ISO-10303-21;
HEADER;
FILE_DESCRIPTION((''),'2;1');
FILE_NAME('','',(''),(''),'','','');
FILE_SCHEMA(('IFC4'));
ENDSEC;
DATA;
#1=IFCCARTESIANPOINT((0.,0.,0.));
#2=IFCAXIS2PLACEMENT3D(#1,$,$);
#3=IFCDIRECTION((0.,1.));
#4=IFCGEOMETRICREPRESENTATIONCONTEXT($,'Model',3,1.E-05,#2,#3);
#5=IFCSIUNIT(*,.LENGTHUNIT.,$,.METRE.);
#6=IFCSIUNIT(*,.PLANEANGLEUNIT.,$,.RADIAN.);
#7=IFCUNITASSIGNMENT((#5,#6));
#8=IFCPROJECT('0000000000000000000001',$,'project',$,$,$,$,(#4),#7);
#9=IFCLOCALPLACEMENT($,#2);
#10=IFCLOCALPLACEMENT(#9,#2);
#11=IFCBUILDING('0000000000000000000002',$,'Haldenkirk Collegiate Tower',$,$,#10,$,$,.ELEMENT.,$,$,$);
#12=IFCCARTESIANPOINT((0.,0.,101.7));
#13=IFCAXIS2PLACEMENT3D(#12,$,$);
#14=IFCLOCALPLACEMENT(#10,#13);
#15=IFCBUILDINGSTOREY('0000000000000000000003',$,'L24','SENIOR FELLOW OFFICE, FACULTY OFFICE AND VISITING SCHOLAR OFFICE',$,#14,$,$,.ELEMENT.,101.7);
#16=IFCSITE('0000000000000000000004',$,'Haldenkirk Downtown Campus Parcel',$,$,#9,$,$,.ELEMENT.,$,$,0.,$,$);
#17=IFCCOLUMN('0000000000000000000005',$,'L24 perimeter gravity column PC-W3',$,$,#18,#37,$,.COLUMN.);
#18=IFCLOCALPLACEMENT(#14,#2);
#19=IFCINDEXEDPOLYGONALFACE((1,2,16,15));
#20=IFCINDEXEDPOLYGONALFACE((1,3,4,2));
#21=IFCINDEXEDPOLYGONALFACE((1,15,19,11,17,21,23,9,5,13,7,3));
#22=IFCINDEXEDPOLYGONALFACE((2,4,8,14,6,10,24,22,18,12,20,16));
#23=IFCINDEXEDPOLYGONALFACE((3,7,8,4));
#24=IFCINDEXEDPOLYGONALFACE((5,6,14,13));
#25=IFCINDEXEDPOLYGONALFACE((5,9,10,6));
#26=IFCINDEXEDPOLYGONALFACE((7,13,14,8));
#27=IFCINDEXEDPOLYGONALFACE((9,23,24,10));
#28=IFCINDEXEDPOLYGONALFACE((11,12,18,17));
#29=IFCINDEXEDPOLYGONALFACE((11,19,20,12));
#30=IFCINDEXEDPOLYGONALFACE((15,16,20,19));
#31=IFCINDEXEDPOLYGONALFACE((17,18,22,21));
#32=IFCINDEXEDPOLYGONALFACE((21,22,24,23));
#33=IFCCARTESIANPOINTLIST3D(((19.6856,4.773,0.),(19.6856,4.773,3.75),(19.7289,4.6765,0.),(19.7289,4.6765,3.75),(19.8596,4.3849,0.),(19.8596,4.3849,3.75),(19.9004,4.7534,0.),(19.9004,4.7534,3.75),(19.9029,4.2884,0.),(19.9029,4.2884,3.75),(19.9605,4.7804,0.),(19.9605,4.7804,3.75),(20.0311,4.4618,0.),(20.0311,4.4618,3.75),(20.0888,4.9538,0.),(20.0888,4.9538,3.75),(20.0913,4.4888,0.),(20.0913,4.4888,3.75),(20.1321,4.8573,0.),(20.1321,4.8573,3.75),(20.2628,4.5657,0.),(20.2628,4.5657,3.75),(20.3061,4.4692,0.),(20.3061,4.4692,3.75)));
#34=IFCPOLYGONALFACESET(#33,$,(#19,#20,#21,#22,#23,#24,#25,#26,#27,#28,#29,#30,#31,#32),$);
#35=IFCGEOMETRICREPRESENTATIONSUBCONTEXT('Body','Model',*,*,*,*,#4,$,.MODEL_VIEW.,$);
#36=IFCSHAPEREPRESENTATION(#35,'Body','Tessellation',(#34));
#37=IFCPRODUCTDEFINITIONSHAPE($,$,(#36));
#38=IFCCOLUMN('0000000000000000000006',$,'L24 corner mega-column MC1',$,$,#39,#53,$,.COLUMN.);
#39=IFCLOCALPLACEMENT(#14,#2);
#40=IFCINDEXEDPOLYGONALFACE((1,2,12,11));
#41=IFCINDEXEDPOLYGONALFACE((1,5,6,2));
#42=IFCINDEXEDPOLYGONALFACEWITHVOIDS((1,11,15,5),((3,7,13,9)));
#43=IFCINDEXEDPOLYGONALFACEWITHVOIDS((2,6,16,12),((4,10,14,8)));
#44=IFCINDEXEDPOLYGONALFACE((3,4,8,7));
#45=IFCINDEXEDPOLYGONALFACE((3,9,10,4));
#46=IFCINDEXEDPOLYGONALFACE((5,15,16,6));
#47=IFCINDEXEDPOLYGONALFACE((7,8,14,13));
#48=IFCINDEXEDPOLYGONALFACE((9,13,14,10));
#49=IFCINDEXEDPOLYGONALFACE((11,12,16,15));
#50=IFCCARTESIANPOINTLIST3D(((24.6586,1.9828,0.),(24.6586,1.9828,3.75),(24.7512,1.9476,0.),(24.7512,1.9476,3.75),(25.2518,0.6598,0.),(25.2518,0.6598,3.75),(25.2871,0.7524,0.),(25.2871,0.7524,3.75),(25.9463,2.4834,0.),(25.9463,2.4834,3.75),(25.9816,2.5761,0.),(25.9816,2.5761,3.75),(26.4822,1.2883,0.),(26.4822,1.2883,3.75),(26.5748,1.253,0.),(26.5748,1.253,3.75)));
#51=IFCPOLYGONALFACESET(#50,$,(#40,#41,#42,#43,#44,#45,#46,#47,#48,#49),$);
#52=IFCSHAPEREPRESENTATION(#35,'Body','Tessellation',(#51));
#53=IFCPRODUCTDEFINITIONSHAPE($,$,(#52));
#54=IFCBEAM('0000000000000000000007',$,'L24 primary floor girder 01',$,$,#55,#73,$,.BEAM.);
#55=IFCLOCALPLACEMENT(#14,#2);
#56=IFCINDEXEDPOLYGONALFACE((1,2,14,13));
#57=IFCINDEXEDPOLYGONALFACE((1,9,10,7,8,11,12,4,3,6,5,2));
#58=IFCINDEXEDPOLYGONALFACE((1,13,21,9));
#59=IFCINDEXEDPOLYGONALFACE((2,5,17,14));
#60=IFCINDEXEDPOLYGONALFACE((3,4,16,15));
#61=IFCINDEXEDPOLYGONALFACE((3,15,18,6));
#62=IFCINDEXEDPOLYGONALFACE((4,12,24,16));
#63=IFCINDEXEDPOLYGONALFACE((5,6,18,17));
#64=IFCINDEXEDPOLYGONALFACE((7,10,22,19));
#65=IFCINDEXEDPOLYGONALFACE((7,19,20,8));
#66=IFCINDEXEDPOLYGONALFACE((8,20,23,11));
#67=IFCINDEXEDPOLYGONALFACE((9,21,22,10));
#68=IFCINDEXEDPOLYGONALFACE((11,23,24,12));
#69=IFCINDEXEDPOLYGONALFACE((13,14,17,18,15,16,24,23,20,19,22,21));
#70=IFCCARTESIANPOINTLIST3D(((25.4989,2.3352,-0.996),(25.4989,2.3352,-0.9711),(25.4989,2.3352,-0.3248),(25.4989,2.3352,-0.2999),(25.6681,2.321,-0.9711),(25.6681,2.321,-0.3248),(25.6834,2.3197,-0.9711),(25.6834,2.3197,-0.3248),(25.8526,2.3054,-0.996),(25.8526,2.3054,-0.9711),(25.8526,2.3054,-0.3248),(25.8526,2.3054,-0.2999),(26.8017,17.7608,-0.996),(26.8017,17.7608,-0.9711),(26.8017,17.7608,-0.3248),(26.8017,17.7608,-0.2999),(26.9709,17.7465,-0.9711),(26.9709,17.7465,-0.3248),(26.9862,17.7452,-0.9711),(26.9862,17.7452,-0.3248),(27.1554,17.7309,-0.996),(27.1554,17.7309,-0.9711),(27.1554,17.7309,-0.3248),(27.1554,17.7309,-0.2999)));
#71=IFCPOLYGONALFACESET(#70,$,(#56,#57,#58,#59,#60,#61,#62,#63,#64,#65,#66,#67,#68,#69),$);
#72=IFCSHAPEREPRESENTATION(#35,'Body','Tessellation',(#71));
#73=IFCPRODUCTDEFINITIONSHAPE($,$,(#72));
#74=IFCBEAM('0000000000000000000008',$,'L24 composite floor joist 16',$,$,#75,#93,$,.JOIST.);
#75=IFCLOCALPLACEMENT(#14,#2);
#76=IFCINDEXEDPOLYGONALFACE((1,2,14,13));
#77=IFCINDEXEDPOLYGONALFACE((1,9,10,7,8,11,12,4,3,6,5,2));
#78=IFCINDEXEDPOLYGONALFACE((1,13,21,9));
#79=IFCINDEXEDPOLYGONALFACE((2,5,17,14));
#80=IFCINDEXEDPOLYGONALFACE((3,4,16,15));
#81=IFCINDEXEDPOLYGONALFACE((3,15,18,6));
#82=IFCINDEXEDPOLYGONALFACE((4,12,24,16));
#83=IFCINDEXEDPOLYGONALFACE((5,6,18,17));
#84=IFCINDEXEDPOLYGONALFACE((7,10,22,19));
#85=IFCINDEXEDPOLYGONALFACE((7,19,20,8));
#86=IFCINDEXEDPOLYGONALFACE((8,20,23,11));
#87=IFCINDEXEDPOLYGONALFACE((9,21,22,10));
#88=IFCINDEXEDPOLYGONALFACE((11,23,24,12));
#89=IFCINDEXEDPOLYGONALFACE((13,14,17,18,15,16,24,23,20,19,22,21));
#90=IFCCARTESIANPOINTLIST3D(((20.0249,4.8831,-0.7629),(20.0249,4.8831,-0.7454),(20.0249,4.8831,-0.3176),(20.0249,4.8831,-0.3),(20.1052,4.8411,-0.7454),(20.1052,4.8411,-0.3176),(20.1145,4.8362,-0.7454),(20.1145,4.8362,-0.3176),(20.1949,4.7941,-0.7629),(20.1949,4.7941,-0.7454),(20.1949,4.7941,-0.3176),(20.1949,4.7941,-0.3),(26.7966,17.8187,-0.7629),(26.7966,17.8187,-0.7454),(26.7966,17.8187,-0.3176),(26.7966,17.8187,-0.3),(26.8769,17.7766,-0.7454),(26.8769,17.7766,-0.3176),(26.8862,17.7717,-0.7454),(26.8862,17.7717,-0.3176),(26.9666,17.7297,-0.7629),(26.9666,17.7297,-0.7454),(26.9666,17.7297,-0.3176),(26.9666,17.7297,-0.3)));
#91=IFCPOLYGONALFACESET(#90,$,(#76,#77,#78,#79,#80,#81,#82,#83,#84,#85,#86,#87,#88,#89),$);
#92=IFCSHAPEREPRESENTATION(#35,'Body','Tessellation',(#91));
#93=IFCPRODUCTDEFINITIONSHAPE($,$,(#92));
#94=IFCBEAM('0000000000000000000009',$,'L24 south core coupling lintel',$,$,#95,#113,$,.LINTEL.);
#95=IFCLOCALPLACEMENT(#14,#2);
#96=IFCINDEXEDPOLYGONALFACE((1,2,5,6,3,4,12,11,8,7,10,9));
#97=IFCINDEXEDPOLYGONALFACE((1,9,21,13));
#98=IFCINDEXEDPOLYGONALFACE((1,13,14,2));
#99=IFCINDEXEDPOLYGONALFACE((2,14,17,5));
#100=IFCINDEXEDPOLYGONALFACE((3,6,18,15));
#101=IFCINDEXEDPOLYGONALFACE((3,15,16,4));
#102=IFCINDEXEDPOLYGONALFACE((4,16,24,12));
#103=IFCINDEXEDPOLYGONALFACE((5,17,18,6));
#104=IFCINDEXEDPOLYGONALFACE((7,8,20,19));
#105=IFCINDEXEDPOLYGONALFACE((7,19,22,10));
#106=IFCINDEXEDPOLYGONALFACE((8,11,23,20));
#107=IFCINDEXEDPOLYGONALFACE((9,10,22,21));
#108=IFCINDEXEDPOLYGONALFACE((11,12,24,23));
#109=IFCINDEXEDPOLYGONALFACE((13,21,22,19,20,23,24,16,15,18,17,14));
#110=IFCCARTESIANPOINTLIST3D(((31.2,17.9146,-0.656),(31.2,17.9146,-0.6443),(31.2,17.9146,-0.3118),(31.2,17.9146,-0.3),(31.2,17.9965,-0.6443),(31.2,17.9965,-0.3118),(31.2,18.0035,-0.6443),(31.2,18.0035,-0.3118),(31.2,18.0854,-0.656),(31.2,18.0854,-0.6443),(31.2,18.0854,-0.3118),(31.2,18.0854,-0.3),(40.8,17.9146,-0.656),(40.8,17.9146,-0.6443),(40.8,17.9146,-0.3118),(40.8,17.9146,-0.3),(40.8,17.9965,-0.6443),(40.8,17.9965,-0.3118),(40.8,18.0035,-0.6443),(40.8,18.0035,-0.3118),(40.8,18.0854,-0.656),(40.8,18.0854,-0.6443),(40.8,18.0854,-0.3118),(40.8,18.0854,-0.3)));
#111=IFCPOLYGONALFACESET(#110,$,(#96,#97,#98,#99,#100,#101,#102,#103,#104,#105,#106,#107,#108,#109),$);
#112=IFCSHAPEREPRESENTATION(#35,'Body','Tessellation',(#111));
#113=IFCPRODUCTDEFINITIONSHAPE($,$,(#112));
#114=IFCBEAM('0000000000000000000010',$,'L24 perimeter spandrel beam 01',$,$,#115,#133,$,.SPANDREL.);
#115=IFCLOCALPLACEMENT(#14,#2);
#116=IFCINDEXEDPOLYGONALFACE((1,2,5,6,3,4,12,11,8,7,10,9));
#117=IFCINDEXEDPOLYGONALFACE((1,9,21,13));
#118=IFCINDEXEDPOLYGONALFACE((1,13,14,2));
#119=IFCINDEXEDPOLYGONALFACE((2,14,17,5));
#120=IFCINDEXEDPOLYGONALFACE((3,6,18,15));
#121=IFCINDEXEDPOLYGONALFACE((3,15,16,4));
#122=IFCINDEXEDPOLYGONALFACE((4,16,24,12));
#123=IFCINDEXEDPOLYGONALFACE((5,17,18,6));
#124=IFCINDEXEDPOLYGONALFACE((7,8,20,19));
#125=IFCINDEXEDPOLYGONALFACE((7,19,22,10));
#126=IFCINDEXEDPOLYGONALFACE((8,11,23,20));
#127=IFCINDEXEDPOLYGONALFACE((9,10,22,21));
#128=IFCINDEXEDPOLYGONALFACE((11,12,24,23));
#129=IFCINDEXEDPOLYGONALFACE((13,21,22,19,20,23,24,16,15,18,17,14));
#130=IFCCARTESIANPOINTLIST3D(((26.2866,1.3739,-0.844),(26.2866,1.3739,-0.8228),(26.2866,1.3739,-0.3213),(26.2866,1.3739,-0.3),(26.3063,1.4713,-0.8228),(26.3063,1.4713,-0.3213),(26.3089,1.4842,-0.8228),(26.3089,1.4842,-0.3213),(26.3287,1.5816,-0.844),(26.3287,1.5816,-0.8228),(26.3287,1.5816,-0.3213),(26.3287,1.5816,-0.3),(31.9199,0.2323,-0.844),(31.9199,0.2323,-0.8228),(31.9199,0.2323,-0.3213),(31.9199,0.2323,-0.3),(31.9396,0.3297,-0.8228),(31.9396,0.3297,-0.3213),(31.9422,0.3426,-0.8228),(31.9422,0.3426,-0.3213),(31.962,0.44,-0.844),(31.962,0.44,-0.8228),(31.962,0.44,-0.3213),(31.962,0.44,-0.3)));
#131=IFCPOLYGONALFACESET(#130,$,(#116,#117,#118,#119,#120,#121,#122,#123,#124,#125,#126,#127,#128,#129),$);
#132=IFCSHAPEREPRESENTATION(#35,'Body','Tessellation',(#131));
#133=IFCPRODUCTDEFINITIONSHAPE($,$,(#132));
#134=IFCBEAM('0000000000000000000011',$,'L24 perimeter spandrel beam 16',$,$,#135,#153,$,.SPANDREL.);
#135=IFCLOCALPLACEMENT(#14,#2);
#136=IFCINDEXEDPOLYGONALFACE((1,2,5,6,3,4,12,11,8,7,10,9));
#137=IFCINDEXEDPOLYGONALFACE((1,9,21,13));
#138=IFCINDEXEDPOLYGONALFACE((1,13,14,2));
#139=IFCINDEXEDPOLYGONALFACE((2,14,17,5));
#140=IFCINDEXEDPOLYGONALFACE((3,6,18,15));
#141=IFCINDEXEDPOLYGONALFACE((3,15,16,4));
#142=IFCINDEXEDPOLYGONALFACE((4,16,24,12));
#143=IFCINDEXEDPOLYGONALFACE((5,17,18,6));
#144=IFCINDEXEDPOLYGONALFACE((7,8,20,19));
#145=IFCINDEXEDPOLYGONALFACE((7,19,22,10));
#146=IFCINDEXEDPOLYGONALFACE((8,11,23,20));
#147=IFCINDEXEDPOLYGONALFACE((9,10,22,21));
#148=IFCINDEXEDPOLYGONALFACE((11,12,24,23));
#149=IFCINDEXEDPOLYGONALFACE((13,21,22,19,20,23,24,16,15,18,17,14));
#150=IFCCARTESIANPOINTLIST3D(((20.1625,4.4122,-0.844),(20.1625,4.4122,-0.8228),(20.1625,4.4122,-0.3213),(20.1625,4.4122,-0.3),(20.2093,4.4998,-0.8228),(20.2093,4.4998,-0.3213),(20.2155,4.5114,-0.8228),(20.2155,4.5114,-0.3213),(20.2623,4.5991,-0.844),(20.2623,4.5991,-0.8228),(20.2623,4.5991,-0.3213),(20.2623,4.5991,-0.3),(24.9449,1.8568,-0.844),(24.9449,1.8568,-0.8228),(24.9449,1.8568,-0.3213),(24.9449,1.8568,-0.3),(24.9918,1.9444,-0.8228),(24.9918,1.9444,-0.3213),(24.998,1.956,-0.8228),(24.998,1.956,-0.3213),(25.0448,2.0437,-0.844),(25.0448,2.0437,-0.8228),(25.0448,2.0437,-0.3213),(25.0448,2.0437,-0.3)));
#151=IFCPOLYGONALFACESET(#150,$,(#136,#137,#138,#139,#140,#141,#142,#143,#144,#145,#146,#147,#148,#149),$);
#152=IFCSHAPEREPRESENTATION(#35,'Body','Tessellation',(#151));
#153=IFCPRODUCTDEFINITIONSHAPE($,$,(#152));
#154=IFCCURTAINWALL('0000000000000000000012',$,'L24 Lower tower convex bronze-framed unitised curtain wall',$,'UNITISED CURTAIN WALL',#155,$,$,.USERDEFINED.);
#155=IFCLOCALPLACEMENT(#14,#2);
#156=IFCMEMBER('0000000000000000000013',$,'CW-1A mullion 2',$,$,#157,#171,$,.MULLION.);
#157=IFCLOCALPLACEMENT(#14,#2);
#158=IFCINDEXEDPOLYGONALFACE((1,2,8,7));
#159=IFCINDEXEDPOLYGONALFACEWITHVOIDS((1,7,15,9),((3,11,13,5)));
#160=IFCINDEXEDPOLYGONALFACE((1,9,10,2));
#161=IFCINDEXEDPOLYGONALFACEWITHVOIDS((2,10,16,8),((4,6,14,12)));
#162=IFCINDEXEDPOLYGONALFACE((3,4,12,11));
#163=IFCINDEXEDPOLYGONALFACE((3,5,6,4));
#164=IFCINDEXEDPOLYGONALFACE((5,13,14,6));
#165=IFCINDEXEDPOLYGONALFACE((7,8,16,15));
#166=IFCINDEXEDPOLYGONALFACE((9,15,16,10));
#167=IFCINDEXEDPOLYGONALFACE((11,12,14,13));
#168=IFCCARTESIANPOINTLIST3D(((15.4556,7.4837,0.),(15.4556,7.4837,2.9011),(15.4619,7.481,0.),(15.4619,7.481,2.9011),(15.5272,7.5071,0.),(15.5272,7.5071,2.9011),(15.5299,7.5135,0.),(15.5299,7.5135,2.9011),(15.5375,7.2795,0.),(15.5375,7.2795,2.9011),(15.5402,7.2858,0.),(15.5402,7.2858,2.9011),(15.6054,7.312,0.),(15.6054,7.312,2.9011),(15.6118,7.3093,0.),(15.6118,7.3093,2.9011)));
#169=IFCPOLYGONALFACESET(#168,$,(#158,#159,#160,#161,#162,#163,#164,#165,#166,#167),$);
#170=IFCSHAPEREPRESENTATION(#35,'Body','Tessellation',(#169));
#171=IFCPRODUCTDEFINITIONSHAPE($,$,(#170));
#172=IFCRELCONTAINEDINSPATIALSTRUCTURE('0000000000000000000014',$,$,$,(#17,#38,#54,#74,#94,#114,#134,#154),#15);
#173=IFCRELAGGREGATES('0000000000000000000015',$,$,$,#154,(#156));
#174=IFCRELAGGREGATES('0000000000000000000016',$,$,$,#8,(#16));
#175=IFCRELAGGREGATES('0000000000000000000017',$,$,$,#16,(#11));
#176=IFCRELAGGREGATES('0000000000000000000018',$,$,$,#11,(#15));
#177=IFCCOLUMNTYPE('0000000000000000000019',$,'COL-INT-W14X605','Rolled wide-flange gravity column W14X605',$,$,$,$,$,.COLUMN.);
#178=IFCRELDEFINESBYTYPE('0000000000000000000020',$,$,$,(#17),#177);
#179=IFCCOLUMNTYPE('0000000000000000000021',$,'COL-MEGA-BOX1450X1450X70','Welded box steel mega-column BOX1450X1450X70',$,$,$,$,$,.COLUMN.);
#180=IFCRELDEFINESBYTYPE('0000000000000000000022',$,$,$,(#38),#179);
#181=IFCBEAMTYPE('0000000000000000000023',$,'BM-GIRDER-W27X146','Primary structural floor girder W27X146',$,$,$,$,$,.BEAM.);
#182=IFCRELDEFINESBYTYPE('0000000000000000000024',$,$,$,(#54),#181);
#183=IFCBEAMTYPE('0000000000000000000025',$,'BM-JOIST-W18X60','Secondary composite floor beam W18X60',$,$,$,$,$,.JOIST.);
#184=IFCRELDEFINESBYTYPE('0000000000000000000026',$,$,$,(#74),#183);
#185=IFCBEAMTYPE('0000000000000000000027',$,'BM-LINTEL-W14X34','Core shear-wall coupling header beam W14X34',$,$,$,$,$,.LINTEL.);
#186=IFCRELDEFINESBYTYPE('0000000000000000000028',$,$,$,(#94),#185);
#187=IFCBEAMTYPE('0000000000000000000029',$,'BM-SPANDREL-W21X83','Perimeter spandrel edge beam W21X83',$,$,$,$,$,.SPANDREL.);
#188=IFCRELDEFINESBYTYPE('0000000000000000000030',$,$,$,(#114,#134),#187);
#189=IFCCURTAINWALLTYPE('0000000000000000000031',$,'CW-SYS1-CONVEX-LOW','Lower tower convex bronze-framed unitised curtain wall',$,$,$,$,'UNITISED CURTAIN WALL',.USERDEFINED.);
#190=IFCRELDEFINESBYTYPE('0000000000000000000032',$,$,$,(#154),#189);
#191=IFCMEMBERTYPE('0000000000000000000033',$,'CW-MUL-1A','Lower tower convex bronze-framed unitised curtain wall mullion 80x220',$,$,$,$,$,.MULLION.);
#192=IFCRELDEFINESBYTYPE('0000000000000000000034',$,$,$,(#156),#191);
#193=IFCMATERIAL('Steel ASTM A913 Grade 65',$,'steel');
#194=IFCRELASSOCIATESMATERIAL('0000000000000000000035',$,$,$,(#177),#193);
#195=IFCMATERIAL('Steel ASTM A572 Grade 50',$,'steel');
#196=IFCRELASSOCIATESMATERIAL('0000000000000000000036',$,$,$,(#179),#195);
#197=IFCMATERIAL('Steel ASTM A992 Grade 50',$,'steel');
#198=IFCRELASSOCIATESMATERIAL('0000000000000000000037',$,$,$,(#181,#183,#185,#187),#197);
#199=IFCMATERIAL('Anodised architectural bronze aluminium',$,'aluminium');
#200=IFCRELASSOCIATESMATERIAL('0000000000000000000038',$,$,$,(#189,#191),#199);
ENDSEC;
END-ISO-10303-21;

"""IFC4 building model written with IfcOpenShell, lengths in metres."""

from ifc_helpers import new_model, si_unit, direction, frame, origin, origin_2d, place, context, subcontext, project, spatial, hollow_rectangle, i_section, extrude, material, material_profile, profile_set, type_object, element, aggregate, save


model = new_model("IFC4")

# Units and contexts
model_context = context("Model", 3, precision=1e-05, world=origin(), true_north=direction((0.0, 1.0)))
body_context = subcontext(model_context, "Body", "Model", "MODEL_VIEW")
ifc_project = project(units=[si_unit("LENGTHUNIT", "METRE"), si_unit("PLANEANGLEUNIT", "RADIAN")], contexts=[model_context])

# Site, building, storey
site_placement = place(None, origin())
site = spatial("IfcSite", under=ifc_project, at=site_placement, Name="Haldenkirk Downtown Campus Parcel", CompositionType="ELEMENT", RefElevation=0.0)
building_placement = place(site_placement, origin())
building = spatial("IfcBuilding", under=site, at=building_placement, Name="Haldenkirk Collegiate Tower", CompositionType="ELEMENT")
storey_placement = place(building_placement, frame((0.0, 0.0, 101.7)))
storey = spatial("IfcBuildingStorey", under=building, at=storey_placement, Name="L24", Description="SENIOR FELLOW OFFICE, FACULTY OFFICE AND VISITING SCHOLAR OFFICE", CompositionType="ELEMENT", Elevation=101.7)

# Columns
ifc_material_1 = material(Name="Steel ASTM A913 Grade 65", Category="steel")
ifc_material_profile_1 = material_profile(ifc_material_1, i_section(OverallWidth=0.4419, OverallDepth=0.531, WebThickness=0.0659, FlangeThickness=0.1057, at=origin_2d()), Name="W14X605")
ifc_profile_set_1 = profile_set([ifc_material_profile_1], Name="Steel ASTM A913 Grade 65")
column_type_1 = type_object("IfcColumnType", Name="COL-INT-W14X605", Description="Rolled wide-flange gravity column W14X605", PredefinedType="COLUMN", material=ifc_profile_set_1)
column_1_placement = place(storey_placement, frame((19.9958, 4.6211, 0.0), z_axis=(0.0, 0.0, 1.0), x_axis=(0.912477, 0.409127, 0.0)))
element("IfcColumn", 1, at=column_1_placement, inside=storey, type_object=column_type_1, Name="L24 perimeter gravity column PC-W3", PredefinedType="COLUMN", context=body_context, shape_type="SweptSolid", body=[
    extrude(i_section(OverallWidth=0.4419, OverallDepth=0.531, WebThickness=0.0659, FlangeThickness=0.1057, at=origin_2d()), origin(), (0.0, 0.0, 1.0), 3.75),
])
ifc_material_2 = material(Name="Steel ASTM A572 Grade 50", Category="steel")
ifc_material_profile_2 = material_profile(ifc_material_2, hollow_rectangle(XDim=1.45, YDim=1.45, WallThickness=0.0701, at=origin_2d()), Name="BOX1450X1450X70")
ifc_profile_set_2 = profile_set([ifc_material_profile_2], Name="Steel ASTM A572 Grade 50")
column_type_2 = type_object("IfcColumnType", Name="COL-MEGA-BOX1450X1450X70", Description="Welded box steel mega-column BOX1450X1450X70", PredefinedType="COLUMN", material=ifc_profile_set_2)
column_2_placement = place(storey_placement, frame((25.6167, 1.6179, 0.0), z_axis=(0.0, 0.0, 1.0), x_axis=(0.912477, 0.409127, 0.0)))
element("IfcColumn", 2, at=column_2_placement, inside=storey, type_object=column_type_2, Name="L24 corner mega-column MC1", PredefinedType="COLUMN", context=body_context, shape_type="SweptSolid", body=[
    extrude(hollow_rectangle(XDim=1.45, YDim=1.45, WallThickness=0.0701, at=origin_2d()), origin(), (0.0, 0.0, 1.0), 3.75),
])

# Beams
ifc_material_3 = material(Name="Steel ASTM A992 Grade 50", Category="steel")
ifc_material_profile_3 = material_profile(ifc_material_3, i_section(OverallWidth=0.355, OverallDepth=0.696, WebThickness=0.0154, FlangeThickness=0.0249, at=origin_2d()), Name="W27X146")
ifc_profile_set_3 = profile_set([ifc_material_profile_3], Name="Steel ASTM A992 Grade 50")
beam_type_1 = type_object("IfcBeamType", Name="BM-GIRDER-W27X146", Description="Primary structural floor girder W27X146", PredefinedType="BEAM", material=ifc_profile_set_3)
beam_1_placement = place(storey_placement, frame((25.6758, 2.3203, -0.6479), z_axis=(0.084154, 0.996453, 0.0), x_axis=(-0.996453, 0.084154, 0.0)))
element("IfcBeam", 3, at=beam_1_placement, inside=storey, type_object=beam_type_1, Name="L24 primary floor girder 01", PredefinedType="BEAM", context=body_context, shape_type="SweptSolid", body=[
    extrude(i_section(OverallWidth=0.355, OverallDepth=0.696, WebThickness=0.0154, FlangeThickness=0.0249, at=origin_2d()), origin(), (0.0, 0.0, 1.0), 15.4805),
])
ifc_material_profile_4 = material_profile(ifc_material_3, i_section(OverallWidth=0.1919, OverallDepth=0.4629, WebThickness=0.0105, FlangeThickness=0.0176, at=origin_2d()), Name="W18X60")
ifc_profile_set_4 = profile_set([ifc_material_profile_4], Name="Steel ASTM A992 Grade 50")
beam_type_2 = type_object("IfcBeamType", Name="BM-JOIST-W18X60", Description="Secondary composite floor beam W18X60", PredefinedType="JOIST", material=ifc_profile_set_4)
beam_2_placement = place(storey_placement, frame((20.1099, 4.8386, -0.5315), z_axis=(0.46379, 0.885945, 0.0), x_axis=(-0.885945, 0.46379, 0.0)))
element("IfcBeam", 4, at=beam_2_placement, inside=storey, type_object=beam_type_2, Name="L24 composite floor joist 16", PredefinedType="JOIST", context=body_context, shape_type="SweptSolid", body=[
    extrude(i_section(OverallWidth=0.1919, OverallDepth=0.4629, WebThickness=0.0105, FlangeThickness=0.0176, at=origin_2d()), origin(), (0.0, 0.0, 1.0), 14.6008),
])
ifc_material_profile_5 = material_profile(ifc_material_3, i_section(OverallWidth=0.1709, OverallDepth=0.356, WebThickness=0.0071, FlangeThickness=0.0117, at=origin_2d()), Name="W14X34")
ifc_profile_set_5 = profile_set([ifc_material_profile_5], Name="Steel ASTM A992 Grade 50")
beam_type_3 = type_object("IfcBeamType", Name="BM-LINTEL-W14X34", Description="Core shear-wall coupling header beam W14X34", PredefinedType="LINTEL", material=ifc_profile_set_5)
beam_3_placement = place(storey_placement, frame((31.2, 18.0, -0.478), z_axis=(1.0, 0.0, 0.0), x_axis=(0.0, 1.0, 0.0)))
element("IfcBeam", 5, at=beam_3_placement, inside=storey, type_object=beam_type_3, Name="L24 south core coupling lintel", PredefinedType="LINTEL", context=body_context, shape_type="SweptSolid", body=[
    extrude(i_section(OverallWidth=0.1709, OverallDepth=0.356, WebThickness=0.0071, FlangeThickness=0.0117, at=origin_2d()), origin(), (0.0, 0.0, 1.0), 9.6001),
])
ifc_material_profile_6 = material_profile(ifc_material_3, i_section(OverallWidth=0.2119, OverallDepth=0.5439, WebThickness=0.0132, FlangeThickness=0.0212, at=origin_2d()), Name="W21X83")
ifc_profile_set_6 = profile_set([ifc_material_profile_6], Name="Steel ASTM A992 Grade 50")
beam_type_4 = type_object("IfcBeamType", Name="BM-SPANDREL-W21X83", Description="Perimeter spandrel edge beam W21X83", PredefinedType="SPANDREL", material=ifc_profile_set_6)
beam_4_placement = place(storey_placement, frame((26.3076, 1.4778, -0.572), z_axis=(0.980078, -0.198615, 0.0), x_axis=(0.198615, 0.980078, 0.0)))
element("IfcBeam", 6, at=beam_4_placement, inside=storey, type_object=beam_type_4, Name="L24 perimeter spandrel beam 01", PredefinedType="SPANDREL", context=body_context, shape_type="SweptSolid", body=[
    extrude(i_section(OverallWidth=0.2119, OverallDepth=0.5439, WebThickness=0.0132, FlangeThickness=0.0212, at=origin_2d()), origin(), (0.0, 0.0, 1.0), 5.7478),
])
beam_5_placement = place(storey_placement, frame((20.2124, 4.5056, -0.572), z_axis=(0.881987, -0.471273, 0.0), x_axis=(0.471273, 0.881987, 0.0)))
element("IfcBeam", 7, at=beam_5_placement, inside=storey, type_object=beam_type_4, Name="L24 perimeter spandrel beam 16", PredefinedType="SPANDREL", context=body_context, shape_type="SweptSolid", body=[
    extrude(i_section(OverallWidth=0.2119, OverallDepth=0.5439, WebThickness=0.0132, FlangeThickness=0.0212, at=origin_2d()), origin(), (0.0, 0.0, 1.0), 5.4224),
])

# Curtain wall, member
ifc_material_4 = material(Name="Anodised architectural bronze aluminium", Category="aluminium")
curtain_wall_type = type_object("IfcCurtainWallType", Name="CW-SYS1-CONVEX-LOW", Description="Lower tower convex bronze-framed unitised curtain wall", ElementType="UNITISED CURTAIN WALL", PredefinedType="USERDEFINED", material=ifc_material_4)
curtain_wall_placement = place(storey_placement, origin())
curtain_wall = element("IfcCurtainWall", 8, at=curtain_wall_placement, inside=storey, type_object=curtain_wall_type, Name="L24 Lower tower convex bronze-framed unitised curtain wall", ObjectType="UNITISED CURTAIN WALL", PredefinedType="USERDEFINED")
ifc_material_profile_7 = material_profile(ifc_material_4, hollow_rectangle(XDim=0.0801, YDim=0.22, WallThickness=0.0049, at=origin_2d()), Name="CW-MUL-1A")
ifc_profile_set_7 = profile_set([ifc_material_profile_7], Name="Anodised architectural bronze aluminium")
member_type = type_object("IfcMemberType", Name="CW-MUL-1A", Description="Lower tower convex bronze-framed unitised curtain wall mullion 80x220", PredefinedType="MULLION", material=ifc_profile_set_7)
member_placement = place(storey_placement, frame((15.5337, 7.3965, 0.0), z_axis=(0.0, 0.0, 1.0), x_axis=(-0.928163, -0.372175, 0.0)))
member = element("IfcMember", 9, at=member_placement, type_object=member_type, Name="CW-1A mullion 2", PredefinedType="MULLION", context=body_context, shape_type="SweptSolid", body=[
    extrude(hollow_rectangle(XDim=0.0801, YDim=0.22, WallThickness=0.0049, at=origin_2d()), origin(), (0.0, 0.0, 1.0), 2.9011),
])
aggregate(curtain_wall, [member])

save(model, "model.ifc")
